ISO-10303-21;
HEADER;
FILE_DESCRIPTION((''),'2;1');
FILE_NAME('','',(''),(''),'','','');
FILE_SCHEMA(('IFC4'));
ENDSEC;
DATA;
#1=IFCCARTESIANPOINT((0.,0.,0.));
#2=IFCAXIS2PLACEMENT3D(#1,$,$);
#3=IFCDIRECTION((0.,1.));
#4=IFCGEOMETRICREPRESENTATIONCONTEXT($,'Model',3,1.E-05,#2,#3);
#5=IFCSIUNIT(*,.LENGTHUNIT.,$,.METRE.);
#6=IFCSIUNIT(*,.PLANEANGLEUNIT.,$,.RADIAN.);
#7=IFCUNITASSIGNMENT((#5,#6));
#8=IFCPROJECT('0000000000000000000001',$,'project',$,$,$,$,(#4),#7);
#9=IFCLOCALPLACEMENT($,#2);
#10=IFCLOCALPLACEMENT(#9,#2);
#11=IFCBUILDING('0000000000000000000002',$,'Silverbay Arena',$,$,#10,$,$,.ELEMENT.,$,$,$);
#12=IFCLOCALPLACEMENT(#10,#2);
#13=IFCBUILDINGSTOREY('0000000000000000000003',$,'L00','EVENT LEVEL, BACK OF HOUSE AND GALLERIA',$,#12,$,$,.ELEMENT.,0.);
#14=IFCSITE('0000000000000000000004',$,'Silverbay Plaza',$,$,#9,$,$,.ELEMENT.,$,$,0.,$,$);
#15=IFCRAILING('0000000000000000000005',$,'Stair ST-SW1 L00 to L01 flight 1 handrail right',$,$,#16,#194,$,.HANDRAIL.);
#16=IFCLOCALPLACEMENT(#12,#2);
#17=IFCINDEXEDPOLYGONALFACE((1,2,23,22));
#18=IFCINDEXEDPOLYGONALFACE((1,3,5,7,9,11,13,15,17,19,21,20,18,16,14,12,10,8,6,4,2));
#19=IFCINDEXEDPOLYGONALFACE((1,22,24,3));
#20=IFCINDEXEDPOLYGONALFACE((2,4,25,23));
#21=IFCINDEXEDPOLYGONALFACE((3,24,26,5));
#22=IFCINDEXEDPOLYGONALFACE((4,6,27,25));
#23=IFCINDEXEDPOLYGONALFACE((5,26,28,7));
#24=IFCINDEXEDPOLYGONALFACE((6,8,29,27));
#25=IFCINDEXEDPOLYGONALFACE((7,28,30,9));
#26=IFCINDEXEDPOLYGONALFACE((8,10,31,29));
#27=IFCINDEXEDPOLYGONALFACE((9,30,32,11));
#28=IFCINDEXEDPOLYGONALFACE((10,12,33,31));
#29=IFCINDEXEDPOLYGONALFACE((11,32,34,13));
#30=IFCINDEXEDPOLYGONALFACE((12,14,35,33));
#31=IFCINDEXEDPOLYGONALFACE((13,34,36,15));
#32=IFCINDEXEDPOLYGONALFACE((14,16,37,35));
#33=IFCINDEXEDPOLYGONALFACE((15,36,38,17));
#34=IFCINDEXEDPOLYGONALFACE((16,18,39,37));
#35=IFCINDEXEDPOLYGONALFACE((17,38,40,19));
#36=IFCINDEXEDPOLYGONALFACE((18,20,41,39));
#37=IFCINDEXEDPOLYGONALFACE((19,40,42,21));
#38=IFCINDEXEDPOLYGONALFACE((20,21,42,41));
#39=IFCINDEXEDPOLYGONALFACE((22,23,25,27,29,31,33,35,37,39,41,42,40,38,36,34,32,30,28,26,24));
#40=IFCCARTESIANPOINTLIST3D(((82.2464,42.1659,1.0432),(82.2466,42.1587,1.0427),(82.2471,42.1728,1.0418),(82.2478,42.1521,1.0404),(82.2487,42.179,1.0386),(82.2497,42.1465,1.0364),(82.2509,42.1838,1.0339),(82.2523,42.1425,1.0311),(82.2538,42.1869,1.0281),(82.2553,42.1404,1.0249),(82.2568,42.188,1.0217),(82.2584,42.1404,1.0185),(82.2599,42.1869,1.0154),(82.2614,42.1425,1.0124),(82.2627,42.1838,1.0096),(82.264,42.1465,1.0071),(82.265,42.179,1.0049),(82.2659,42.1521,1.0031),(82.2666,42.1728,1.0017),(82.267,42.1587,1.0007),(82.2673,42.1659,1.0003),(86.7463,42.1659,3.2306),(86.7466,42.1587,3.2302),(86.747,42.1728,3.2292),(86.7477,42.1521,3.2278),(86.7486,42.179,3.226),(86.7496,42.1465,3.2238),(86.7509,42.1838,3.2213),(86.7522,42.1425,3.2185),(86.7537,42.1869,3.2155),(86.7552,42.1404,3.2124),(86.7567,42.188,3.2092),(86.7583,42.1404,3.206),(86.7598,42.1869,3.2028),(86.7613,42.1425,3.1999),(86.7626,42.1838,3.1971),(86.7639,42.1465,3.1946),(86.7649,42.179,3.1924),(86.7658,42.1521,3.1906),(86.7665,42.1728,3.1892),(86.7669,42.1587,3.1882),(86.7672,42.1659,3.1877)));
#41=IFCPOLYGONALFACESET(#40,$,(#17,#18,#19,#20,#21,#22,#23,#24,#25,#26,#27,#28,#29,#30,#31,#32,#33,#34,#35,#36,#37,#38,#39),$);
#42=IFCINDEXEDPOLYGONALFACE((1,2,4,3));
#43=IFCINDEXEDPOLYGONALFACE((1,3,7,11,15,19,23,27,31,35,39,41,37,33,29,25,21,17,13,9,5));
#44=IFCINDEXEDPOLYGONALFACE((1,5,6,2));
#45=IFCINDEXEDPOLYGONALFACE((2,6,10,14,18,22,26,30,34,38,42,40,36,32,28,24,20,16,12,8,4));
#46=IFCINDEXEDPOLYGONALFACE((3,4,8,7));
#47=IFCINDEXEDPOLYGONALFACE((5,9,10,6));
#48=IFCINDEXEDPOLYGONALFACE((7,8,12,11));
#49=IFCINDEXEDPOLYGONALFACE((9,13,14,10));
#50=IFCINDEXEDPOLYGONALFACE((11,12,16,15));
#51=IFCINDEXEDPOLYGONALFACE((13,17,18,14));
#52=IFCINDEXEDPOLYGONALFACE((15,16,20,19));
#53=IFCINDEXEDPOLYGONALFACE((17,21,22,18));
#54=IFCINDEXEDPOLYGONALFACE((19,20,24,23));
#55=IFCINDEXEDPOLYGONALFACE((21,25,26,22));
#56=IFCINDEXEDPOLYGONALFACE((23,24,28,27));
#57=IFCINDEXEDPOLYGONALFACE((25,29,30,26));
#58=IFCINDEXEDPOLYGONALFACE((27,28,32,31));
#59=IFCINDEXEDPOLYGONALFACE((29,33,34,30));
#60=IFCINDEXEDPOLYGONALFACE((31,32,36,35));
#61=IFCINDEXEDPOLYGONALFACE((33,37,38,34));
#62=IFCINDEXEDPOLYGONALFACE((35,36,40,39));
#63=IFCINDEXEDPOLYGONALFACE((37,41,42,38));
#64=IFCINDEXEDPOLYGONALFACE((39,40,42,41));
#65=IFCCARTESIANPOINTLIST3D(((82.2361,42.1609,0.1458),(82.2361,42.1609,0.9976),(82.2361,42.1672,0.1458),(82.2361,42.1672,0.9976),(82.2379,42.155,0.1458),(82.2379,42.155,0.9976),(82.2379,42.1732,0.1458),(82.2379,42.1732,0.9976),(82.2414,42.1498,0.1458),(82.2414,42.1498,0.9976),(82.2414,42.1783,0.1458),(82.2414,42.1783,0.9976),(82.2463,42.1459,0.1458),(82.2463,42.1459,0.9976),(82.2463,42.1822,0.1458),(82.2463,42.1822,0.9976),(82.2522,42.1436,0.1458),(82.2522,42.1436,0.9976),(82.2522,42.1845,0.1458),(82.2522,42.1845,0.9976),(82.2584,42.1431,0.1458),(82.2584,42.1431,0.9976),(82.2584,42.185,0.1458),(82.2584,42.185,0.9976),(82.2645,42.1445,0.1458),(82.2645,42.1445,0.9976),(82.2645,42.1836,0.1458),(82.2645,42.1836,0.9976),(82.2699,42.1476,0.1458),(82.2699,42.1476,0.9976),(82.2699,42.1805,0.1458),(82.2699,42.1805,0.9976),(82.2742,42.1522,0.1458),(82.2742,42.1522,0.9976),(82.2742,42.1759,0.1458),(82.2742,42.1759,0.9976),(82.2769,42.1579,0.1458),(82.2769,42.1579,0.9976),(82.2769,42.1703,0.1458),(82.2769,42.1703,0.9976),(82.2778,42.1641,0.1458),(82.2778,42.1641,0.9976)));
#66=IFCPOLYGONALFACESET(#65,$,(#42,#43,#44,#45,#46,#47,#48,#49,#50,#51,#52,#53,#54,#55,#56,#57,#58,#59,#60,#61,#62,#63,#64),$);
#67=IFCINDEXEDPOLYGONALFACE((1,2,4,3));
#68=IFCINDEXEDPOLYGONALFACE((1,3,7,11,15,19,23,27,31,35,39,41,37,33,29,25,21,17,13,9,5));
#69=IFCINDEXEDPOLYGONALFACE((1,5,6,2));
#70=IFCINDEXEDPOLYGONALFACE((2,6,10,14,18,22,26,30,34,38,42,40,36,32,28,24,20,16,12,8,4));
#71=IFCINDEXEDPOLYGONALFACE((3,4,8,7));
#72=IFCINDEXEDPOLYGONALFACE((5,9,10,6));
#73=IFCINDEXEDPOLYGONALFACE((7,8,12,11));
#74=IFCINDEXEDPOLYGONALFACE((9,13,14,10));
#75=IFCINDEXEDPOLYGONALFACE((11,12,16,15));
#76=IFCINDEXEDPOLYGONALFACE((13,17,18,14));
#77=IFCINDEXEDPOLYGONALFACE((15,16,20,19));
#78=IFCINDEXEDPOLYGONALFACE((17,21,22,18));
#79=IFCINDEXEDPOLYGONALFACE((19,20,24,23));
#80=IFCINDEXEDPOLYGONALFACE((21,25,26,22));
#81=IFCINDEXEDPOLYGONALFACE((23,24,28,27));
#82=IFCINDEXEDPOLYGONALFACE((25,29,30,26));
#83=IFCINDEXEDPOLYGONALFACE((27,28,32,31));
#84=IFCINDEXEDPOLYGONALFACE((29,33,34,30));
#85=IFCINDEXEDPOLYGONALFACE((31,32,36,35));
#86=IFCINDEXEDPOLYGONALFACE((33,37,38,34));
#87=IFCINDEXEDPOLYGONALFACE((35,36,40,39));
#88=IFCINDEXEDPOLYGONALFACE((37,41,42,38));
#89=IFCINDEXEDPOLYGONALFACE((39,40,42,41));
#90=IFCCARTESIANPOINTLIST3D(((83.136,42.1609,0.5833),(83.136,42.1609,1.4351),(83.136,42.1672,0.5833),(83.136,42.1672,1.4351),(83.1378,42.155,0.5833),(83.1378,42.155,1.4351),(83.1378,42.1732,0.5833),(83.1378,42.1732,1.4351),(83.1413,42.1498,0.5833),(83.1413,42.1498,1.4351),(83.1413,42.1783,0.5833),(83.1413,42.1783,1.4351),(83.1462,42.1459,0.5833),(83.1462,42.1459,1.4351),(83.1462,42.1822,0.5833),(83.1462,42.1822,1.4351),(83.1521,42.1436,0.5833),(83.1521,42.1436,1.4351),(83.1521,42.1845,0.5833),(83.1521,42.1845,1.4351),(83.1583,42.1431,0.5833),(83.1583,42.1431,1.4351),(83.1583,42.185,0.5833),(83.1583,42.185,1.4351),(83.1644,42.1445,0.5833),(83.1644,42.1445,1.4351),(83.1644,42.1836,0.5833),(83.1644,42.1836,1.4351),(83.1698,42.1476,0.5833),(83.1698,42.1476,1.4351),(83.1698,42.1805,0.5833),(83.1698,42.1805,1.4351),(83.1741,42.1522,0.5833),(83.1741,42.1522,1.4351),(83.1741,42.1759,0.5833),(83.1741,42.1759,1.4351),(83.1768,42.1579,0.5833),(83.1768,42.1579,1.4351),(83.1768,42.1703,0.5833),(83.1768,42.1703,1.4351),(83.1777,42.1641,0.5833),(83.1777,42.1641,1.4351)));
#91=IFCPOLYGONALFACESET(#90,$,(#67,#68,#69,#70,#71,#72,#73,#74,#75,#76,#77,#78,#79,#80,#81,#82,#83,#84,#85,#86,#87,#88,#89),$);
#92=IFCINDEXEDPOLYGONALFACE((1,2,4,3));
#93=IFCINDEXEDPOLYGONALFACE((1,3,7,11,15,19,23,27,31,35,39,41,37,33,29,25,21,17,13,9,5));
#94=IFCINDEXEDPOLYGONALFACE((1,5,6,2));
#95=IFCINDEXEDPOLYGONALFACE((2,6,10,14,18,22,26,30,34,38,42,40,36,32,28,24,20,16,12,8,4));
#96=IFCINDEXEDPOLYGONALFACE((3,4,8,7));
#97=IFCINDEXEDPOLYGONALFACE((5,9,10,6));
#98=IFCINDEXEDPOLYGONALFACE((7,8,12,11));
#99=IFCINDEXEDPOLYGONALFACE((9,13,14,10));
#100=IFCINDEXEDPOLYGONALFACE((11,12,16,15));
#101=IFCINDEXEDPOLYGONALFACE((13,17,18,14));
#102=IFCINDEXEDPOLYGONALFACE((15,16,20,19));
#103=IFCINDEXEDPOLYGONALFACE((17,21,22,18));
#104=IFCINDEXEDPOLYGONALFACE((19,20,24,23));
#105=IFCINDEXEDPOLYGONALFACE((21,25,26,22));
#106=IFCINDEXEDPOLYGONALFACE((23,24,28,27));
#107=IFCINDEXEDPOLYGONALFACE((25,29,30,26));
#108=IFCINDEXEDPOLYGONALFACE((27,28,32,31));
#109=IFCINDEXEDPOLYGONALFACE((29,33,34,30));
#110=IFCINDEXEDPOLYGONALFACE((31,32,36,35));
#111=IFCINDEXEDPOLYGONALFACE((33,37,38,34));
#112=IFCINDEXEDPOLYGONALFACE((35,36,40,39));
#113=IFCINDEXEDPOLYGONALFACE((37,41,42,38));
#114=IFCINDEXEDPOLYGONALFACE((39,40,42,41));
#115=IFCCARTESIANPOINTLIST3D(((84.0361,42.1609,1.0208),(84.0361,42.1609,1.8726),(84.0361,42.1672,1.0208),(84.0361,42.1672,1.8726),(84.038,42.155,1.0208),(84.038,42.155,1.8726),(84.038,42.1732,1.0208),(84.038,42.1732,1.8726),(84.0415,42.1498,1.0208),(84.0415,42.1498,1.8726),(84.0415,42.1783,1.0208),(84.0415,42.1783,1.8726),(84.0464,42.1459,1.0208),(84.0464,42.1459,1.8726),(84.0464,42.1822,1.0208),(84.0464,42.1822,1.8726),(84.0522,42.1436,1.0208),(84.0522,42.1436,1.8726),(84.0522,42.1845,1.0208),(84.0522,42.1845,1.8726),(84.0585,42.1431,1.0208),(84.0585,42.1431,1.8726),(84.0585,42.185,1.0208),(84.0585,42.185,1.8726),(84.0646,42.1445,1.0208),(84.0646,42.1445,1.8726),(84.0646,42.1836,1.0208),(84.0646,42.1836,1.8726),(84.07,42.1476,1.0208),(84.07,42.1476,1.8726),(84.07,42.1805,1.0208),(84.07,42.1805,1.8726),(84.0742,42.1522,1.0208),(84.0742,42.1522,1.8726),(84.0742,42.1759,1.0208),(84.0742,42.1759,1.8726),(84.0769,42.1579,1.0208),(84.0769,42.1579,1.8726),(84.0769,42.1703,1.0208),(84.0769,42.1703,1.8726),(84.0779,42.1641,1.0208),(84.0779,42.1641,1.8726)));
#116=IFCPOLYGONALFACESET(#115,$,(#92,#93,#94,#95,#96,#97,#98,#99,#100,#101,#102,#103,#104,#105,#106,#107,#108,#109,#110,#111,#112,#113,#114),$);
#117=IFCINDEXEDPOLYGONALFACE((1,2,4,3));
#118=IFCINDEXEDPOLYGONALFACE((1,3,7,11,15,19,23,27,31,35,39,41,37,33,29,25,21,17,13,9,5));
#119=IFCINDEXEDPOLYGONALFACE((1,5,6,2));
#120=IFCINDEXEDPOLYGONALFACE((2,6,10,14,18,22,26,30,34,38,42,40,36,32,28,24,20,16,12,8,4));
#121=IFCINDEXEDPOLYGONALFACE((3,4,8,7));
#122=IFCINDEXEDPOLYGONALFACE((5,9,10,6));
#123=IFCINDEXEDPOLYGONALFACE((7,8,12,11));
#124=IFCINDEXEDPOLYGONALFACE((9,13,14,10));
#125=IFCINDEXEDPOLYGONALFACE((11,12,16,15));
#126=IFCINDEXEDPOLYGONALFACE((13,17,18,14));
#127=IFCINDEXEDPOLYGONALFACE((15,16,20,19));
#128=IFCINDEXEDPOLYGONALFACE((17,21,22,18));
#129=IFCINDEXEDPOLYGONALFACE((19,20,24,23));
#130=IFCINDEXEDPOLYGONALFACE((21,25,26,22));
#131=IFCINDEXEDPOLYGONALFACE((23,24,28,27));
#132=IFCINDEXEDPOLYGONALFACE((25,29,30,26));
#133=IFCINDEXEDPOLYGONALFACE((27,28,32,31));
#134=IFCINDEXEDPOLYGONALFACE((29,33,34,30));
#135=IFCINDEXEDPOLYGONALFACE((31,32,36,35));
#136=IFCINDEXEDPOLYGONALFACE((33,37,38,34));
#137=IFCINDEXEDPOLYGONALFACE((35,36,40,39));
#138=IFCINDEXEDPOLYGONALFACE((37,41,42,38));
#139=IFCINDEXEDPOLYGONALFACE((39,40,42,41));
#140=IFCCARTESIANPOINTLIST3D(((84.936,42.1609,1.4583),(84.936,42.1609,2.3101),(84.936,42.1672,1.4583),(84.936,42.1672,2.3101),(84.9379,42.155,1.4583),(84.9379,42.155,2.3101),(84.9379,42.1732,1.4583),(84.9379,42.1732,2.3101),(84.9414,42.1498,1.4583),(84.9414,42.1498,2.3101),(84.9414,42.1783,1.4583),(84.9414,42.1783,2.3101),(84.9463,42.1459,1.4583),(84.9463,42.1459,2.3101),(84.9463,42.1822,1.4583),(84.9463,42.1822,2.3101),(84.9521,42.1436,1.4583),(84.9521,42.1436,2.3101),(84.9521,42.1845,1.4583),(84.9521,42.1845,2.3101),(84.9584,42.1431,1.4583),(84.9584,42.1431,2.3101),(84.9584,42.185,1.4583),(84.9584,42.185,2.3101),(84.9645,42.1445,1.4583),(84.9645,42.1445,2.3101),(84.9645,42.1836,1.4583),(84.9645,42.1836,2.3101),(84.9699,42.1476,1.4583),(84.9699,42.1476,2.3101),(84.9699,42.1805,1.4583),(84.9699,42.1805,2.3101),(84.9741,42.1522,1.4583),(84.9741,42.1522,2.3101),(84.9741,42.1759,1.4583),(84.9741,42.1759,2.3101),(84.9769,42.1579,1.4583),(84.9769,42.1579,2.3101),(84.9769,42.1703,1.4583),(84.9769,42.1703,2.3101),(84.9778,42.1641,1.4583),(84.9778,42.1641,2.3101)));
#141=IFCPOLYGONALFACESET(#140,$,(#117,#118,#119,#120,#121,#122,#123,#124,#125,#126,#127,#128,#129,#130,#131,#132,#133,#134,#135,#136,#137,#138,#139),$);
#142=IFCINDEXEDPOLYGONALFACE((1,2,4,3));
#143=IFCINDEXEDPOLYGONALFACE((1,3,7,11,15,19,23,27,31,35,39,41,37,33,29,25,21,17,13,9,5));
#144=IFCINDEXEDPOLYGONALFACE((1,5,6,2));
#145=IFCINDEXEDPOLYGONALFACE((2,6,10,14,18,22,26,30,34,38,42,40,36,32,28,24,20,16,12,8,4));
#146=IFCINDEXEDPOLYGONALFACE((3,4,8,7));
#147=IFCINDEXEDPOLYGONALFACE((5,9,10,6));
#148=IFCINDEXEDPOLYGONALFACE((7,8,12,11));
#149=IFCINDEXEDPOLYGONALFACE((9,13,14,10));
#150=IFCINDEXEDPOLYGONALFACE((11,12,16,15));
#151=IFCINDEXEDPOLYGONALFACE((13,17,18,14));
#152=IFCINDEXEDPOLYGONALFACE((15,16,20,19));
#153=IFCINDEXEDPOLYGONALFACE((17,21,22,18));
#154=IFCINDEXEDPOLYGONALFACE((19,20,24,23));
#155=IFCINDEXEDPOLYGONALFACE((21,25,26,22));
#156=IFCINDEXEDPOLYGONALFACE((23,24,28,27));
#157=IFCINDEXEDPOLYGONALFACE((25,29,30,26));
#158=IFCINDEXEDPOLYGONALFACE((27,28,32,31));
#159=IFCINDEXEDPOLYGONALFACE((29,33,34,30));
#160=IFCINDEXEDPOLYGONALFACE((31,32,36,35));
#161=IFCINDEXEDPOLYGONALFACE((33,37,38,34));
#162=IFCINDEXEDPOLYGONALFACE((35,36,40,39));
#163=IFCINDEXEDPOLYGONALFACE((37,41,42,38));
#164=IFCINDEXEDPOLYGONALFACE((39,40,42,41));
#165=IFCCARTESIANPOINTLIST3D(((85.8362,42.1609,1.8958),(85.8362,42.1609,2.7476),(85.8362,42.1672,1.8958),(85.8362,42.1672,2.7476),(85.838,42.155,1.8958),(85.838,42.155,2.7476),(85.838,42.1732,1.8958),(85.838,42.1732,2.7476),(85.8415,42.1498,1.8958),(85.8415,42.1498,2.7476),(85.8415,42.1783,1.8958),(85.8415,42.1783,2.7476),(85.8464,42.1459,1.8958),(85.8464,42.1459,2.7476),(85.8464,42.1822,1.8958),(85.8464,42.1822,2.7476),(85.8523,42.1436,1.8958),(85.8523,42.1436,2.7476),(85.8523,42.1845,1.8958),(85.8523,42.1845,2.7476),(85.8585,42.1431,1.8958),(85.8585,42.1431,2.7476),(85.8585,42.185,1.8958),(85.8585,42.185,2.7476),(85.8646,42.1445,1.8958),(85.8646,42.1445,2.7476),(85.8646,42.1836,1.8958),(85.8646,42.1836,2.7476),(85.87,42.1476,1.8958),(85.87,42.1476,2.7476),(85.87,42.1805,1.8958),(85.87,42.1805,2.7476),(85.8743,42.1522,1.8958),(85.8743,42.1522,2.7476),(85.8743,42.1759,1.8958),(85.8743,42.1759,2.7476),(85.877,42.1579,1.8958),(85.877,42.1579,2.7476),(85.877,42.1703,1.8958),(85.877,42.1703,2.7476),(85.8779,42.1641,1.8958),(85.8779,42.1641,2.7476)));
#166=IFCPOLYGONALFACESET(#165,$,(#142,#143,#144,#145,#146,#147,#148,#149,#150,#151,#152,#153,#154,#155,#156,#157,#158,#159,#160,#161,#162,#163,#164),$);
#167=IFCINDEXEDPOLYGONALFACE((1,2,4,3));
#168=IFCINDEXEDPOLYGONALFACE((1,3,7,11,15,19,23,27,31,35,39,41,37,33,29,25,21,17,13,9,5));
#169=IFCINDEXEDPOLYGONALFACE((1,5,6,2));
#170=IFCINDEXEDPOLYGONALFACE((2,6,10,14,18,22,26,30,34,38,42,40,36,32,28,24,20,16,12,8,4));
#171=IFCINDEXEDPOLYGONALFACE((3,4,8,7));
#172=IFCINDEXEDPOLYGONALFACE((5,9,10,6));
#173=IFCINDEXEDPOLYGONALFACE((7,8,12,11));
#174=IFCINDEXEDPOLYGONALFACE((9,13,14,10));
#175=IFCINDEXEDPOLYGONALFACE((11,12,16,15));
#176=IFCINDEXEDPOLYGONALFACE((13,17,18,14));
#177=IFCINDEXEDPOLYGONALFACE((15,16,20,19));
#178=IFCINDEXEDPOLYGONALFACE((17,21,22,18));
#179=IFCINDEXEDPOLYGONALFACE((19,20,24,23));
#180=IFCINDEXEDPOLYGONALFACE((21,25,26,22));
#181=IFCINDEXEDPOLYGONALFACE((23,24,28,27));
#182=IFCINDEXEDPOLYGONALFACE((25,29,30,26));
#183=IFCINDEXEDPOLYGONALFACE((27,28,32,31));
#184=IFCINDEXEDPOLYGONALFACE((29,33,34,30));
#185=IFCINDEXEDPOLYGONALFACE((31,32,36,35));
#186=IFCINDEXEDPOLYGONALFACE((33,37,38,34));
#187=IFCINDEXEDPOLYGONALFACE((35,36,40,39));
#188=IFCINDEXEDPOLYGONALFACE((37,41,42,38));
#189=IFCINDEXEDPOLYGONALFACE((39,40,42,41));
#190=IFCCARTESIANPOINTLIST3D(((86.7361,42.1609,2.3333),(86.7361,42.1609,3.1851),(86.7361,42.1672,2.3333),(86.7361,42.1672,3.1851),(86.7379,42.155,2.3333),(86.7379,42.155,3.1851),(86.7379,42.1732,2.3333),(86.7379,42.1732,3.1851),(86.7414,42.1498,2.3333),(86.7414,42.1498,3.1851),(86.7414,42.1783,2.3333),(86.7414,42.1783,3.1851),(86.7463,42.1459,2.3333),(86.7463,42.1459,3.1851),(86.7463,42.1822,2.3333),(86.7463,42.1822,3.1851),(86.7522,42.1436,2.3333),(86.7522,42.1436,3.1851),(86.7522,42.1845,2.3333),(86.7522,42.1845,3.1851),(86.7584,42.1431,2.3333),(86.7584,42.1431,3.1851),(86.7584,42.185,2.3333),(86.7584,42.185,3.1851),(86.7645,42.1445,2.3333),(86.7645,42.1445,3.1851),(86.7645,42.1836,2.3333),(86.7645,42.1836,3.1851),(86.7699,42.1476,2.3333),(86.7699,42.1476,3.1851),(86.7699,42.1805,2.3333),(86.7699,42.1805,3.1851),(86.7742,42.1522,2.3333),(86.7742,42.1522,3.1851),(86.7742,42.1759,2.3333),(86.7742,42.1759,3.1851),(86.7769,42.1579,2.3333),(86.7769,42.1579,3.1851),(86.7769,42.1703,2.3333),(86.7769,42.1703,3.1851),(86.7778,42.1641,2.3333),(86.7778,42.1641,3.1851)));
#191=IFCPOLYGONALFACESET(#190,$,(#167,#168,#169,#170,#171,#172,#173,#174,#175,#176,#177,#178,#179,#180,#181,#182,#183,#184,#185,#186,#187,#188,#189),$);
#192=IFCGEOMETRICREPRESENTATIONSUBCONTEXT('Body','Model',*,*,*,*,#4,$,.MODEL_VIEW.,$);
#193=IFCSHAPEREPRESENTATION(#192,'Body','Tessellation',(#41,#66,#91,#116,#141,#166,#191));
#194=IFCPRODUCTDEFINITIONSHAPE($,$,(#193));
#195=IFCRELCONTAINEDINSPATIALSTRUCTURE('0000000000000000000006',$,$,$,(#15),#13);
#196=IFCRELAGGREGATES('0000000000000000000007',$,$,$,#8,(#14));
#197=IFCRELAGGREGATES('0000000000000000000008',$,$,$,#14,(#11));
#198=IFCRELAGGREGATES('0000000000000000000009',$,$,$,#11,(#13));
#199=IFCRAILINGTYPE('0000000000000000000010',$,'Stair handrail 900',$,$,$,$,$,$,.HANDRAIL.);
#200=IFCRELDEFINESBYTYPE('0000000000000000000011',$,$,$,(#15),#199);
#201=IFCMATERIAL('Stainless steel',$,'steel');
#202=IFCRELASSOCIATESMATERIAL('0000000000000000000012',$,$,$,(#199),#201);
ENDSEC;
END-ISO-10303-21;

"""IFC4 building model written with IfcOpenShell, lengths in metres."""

from ifc_helpers import new_model, si_unit, direction, frame, origin, origin_2d, place, context, subcontext, project, spatial, circle, extrude, material, type_object, element, save


model = new_model("IFC4")

# Units and contexts
model_context = context("Model", 3, precision=1e-05, world=origin(), true_north=direction((0.0, 1.0)))
body_context = subcontext(model_context, "Body", "Model", "MODEL_VIEW")
ifc_project = project(units=[si_unit("LENGTHUNIT", "METRE"), si_unit("PLANEANGLEUNIT", "RADIAN")], contexts=[model_context])

# Site, building, storey
site_placement = place(None, origin())
site = spatial("IfcSite", under=ifc_project, at=site_placement, Name="Silverbay Plaza", CompositionType="ELEMENT", RefElevation=0.0)
building_placement = place(site_placement, origin())
building = spatial("IfcBuilding", under=site, at=building_placement, Name="Silverbay Arena", CompositionType="ELEMENT")
storey_placement = place(building_placement, origin())
storey = spatial("IfcBuildingStorey", under=building, at=storey_placement, Name="L00", Description="EVENT LEVEL, BACK OF HOUSE AND GALLERIA", CompositionType="ELEMENT", Elevation=0.0)

# Railing
ifc_material_1 = material(Name="Stainless steel", Category="steel")
railing_type_1 = type_object("IfcRailingType", Name="Stair handrail 900", PredefinedType="HANDRAIL", material=ifc_material_1)
for number, where, name in (
    (1, (82.2568, 42.1641, 0.1458), "Stair ST-SW1 L00 to L01 flight 1 handrail right"),
):
    element("IfcRailing", number, at=place(storey_placement, frame(where)), inside=storey, type_object=railing_type_1, Name=name, PredefinedType="HANDRAIL", context=body_context, shape_type="SweptSolid", body=[
        extrude(circle(Radius=0.0239, at=origin_2d()), frame((0.0, 0.0, 0.876), z_axis=(0.899368, 0.0, 0.437193), x_axis=(0.0, 1.0, 0.0)), (0.0, 0.0, 1.0), 5.0034),
        extrude(circle(Radius=0.021, at=origin_2d()), origin(), (0.0, 0.0, 1.0), 0.8518),
        extrude(circle(Radius=0.021, at=origin_2d()), frame((0.8999, 0.0, 0.4375)), (0.0, 0.0, 1.0), 0.8518),
        extrude(circle(Radius=0.021, at=origin_2d()), frame((1.8, 0.0, 0.875)), (0.0, 0.0, 1.0), 0.8518),
        extrude(circle(Radius=0.021, at=origin_2d()), frame((2.7, 0.0, 1.3125)), (0.0, 0.0, 1.0), 0.8518),
        extrude(circle(Radius=0.021, at=origin_2d()), frame((3.6001, 0.0, 1.75)), (0.0, 0.0, 1.0), 0.8518),
        extrude(circle(Radius=0.021, at=origin_2d()), frame((4.5, 0.0, 2.1875)), (0.0, 0.0, 1.0), 0.8518),
    ])

save(model, "model.ifc")
